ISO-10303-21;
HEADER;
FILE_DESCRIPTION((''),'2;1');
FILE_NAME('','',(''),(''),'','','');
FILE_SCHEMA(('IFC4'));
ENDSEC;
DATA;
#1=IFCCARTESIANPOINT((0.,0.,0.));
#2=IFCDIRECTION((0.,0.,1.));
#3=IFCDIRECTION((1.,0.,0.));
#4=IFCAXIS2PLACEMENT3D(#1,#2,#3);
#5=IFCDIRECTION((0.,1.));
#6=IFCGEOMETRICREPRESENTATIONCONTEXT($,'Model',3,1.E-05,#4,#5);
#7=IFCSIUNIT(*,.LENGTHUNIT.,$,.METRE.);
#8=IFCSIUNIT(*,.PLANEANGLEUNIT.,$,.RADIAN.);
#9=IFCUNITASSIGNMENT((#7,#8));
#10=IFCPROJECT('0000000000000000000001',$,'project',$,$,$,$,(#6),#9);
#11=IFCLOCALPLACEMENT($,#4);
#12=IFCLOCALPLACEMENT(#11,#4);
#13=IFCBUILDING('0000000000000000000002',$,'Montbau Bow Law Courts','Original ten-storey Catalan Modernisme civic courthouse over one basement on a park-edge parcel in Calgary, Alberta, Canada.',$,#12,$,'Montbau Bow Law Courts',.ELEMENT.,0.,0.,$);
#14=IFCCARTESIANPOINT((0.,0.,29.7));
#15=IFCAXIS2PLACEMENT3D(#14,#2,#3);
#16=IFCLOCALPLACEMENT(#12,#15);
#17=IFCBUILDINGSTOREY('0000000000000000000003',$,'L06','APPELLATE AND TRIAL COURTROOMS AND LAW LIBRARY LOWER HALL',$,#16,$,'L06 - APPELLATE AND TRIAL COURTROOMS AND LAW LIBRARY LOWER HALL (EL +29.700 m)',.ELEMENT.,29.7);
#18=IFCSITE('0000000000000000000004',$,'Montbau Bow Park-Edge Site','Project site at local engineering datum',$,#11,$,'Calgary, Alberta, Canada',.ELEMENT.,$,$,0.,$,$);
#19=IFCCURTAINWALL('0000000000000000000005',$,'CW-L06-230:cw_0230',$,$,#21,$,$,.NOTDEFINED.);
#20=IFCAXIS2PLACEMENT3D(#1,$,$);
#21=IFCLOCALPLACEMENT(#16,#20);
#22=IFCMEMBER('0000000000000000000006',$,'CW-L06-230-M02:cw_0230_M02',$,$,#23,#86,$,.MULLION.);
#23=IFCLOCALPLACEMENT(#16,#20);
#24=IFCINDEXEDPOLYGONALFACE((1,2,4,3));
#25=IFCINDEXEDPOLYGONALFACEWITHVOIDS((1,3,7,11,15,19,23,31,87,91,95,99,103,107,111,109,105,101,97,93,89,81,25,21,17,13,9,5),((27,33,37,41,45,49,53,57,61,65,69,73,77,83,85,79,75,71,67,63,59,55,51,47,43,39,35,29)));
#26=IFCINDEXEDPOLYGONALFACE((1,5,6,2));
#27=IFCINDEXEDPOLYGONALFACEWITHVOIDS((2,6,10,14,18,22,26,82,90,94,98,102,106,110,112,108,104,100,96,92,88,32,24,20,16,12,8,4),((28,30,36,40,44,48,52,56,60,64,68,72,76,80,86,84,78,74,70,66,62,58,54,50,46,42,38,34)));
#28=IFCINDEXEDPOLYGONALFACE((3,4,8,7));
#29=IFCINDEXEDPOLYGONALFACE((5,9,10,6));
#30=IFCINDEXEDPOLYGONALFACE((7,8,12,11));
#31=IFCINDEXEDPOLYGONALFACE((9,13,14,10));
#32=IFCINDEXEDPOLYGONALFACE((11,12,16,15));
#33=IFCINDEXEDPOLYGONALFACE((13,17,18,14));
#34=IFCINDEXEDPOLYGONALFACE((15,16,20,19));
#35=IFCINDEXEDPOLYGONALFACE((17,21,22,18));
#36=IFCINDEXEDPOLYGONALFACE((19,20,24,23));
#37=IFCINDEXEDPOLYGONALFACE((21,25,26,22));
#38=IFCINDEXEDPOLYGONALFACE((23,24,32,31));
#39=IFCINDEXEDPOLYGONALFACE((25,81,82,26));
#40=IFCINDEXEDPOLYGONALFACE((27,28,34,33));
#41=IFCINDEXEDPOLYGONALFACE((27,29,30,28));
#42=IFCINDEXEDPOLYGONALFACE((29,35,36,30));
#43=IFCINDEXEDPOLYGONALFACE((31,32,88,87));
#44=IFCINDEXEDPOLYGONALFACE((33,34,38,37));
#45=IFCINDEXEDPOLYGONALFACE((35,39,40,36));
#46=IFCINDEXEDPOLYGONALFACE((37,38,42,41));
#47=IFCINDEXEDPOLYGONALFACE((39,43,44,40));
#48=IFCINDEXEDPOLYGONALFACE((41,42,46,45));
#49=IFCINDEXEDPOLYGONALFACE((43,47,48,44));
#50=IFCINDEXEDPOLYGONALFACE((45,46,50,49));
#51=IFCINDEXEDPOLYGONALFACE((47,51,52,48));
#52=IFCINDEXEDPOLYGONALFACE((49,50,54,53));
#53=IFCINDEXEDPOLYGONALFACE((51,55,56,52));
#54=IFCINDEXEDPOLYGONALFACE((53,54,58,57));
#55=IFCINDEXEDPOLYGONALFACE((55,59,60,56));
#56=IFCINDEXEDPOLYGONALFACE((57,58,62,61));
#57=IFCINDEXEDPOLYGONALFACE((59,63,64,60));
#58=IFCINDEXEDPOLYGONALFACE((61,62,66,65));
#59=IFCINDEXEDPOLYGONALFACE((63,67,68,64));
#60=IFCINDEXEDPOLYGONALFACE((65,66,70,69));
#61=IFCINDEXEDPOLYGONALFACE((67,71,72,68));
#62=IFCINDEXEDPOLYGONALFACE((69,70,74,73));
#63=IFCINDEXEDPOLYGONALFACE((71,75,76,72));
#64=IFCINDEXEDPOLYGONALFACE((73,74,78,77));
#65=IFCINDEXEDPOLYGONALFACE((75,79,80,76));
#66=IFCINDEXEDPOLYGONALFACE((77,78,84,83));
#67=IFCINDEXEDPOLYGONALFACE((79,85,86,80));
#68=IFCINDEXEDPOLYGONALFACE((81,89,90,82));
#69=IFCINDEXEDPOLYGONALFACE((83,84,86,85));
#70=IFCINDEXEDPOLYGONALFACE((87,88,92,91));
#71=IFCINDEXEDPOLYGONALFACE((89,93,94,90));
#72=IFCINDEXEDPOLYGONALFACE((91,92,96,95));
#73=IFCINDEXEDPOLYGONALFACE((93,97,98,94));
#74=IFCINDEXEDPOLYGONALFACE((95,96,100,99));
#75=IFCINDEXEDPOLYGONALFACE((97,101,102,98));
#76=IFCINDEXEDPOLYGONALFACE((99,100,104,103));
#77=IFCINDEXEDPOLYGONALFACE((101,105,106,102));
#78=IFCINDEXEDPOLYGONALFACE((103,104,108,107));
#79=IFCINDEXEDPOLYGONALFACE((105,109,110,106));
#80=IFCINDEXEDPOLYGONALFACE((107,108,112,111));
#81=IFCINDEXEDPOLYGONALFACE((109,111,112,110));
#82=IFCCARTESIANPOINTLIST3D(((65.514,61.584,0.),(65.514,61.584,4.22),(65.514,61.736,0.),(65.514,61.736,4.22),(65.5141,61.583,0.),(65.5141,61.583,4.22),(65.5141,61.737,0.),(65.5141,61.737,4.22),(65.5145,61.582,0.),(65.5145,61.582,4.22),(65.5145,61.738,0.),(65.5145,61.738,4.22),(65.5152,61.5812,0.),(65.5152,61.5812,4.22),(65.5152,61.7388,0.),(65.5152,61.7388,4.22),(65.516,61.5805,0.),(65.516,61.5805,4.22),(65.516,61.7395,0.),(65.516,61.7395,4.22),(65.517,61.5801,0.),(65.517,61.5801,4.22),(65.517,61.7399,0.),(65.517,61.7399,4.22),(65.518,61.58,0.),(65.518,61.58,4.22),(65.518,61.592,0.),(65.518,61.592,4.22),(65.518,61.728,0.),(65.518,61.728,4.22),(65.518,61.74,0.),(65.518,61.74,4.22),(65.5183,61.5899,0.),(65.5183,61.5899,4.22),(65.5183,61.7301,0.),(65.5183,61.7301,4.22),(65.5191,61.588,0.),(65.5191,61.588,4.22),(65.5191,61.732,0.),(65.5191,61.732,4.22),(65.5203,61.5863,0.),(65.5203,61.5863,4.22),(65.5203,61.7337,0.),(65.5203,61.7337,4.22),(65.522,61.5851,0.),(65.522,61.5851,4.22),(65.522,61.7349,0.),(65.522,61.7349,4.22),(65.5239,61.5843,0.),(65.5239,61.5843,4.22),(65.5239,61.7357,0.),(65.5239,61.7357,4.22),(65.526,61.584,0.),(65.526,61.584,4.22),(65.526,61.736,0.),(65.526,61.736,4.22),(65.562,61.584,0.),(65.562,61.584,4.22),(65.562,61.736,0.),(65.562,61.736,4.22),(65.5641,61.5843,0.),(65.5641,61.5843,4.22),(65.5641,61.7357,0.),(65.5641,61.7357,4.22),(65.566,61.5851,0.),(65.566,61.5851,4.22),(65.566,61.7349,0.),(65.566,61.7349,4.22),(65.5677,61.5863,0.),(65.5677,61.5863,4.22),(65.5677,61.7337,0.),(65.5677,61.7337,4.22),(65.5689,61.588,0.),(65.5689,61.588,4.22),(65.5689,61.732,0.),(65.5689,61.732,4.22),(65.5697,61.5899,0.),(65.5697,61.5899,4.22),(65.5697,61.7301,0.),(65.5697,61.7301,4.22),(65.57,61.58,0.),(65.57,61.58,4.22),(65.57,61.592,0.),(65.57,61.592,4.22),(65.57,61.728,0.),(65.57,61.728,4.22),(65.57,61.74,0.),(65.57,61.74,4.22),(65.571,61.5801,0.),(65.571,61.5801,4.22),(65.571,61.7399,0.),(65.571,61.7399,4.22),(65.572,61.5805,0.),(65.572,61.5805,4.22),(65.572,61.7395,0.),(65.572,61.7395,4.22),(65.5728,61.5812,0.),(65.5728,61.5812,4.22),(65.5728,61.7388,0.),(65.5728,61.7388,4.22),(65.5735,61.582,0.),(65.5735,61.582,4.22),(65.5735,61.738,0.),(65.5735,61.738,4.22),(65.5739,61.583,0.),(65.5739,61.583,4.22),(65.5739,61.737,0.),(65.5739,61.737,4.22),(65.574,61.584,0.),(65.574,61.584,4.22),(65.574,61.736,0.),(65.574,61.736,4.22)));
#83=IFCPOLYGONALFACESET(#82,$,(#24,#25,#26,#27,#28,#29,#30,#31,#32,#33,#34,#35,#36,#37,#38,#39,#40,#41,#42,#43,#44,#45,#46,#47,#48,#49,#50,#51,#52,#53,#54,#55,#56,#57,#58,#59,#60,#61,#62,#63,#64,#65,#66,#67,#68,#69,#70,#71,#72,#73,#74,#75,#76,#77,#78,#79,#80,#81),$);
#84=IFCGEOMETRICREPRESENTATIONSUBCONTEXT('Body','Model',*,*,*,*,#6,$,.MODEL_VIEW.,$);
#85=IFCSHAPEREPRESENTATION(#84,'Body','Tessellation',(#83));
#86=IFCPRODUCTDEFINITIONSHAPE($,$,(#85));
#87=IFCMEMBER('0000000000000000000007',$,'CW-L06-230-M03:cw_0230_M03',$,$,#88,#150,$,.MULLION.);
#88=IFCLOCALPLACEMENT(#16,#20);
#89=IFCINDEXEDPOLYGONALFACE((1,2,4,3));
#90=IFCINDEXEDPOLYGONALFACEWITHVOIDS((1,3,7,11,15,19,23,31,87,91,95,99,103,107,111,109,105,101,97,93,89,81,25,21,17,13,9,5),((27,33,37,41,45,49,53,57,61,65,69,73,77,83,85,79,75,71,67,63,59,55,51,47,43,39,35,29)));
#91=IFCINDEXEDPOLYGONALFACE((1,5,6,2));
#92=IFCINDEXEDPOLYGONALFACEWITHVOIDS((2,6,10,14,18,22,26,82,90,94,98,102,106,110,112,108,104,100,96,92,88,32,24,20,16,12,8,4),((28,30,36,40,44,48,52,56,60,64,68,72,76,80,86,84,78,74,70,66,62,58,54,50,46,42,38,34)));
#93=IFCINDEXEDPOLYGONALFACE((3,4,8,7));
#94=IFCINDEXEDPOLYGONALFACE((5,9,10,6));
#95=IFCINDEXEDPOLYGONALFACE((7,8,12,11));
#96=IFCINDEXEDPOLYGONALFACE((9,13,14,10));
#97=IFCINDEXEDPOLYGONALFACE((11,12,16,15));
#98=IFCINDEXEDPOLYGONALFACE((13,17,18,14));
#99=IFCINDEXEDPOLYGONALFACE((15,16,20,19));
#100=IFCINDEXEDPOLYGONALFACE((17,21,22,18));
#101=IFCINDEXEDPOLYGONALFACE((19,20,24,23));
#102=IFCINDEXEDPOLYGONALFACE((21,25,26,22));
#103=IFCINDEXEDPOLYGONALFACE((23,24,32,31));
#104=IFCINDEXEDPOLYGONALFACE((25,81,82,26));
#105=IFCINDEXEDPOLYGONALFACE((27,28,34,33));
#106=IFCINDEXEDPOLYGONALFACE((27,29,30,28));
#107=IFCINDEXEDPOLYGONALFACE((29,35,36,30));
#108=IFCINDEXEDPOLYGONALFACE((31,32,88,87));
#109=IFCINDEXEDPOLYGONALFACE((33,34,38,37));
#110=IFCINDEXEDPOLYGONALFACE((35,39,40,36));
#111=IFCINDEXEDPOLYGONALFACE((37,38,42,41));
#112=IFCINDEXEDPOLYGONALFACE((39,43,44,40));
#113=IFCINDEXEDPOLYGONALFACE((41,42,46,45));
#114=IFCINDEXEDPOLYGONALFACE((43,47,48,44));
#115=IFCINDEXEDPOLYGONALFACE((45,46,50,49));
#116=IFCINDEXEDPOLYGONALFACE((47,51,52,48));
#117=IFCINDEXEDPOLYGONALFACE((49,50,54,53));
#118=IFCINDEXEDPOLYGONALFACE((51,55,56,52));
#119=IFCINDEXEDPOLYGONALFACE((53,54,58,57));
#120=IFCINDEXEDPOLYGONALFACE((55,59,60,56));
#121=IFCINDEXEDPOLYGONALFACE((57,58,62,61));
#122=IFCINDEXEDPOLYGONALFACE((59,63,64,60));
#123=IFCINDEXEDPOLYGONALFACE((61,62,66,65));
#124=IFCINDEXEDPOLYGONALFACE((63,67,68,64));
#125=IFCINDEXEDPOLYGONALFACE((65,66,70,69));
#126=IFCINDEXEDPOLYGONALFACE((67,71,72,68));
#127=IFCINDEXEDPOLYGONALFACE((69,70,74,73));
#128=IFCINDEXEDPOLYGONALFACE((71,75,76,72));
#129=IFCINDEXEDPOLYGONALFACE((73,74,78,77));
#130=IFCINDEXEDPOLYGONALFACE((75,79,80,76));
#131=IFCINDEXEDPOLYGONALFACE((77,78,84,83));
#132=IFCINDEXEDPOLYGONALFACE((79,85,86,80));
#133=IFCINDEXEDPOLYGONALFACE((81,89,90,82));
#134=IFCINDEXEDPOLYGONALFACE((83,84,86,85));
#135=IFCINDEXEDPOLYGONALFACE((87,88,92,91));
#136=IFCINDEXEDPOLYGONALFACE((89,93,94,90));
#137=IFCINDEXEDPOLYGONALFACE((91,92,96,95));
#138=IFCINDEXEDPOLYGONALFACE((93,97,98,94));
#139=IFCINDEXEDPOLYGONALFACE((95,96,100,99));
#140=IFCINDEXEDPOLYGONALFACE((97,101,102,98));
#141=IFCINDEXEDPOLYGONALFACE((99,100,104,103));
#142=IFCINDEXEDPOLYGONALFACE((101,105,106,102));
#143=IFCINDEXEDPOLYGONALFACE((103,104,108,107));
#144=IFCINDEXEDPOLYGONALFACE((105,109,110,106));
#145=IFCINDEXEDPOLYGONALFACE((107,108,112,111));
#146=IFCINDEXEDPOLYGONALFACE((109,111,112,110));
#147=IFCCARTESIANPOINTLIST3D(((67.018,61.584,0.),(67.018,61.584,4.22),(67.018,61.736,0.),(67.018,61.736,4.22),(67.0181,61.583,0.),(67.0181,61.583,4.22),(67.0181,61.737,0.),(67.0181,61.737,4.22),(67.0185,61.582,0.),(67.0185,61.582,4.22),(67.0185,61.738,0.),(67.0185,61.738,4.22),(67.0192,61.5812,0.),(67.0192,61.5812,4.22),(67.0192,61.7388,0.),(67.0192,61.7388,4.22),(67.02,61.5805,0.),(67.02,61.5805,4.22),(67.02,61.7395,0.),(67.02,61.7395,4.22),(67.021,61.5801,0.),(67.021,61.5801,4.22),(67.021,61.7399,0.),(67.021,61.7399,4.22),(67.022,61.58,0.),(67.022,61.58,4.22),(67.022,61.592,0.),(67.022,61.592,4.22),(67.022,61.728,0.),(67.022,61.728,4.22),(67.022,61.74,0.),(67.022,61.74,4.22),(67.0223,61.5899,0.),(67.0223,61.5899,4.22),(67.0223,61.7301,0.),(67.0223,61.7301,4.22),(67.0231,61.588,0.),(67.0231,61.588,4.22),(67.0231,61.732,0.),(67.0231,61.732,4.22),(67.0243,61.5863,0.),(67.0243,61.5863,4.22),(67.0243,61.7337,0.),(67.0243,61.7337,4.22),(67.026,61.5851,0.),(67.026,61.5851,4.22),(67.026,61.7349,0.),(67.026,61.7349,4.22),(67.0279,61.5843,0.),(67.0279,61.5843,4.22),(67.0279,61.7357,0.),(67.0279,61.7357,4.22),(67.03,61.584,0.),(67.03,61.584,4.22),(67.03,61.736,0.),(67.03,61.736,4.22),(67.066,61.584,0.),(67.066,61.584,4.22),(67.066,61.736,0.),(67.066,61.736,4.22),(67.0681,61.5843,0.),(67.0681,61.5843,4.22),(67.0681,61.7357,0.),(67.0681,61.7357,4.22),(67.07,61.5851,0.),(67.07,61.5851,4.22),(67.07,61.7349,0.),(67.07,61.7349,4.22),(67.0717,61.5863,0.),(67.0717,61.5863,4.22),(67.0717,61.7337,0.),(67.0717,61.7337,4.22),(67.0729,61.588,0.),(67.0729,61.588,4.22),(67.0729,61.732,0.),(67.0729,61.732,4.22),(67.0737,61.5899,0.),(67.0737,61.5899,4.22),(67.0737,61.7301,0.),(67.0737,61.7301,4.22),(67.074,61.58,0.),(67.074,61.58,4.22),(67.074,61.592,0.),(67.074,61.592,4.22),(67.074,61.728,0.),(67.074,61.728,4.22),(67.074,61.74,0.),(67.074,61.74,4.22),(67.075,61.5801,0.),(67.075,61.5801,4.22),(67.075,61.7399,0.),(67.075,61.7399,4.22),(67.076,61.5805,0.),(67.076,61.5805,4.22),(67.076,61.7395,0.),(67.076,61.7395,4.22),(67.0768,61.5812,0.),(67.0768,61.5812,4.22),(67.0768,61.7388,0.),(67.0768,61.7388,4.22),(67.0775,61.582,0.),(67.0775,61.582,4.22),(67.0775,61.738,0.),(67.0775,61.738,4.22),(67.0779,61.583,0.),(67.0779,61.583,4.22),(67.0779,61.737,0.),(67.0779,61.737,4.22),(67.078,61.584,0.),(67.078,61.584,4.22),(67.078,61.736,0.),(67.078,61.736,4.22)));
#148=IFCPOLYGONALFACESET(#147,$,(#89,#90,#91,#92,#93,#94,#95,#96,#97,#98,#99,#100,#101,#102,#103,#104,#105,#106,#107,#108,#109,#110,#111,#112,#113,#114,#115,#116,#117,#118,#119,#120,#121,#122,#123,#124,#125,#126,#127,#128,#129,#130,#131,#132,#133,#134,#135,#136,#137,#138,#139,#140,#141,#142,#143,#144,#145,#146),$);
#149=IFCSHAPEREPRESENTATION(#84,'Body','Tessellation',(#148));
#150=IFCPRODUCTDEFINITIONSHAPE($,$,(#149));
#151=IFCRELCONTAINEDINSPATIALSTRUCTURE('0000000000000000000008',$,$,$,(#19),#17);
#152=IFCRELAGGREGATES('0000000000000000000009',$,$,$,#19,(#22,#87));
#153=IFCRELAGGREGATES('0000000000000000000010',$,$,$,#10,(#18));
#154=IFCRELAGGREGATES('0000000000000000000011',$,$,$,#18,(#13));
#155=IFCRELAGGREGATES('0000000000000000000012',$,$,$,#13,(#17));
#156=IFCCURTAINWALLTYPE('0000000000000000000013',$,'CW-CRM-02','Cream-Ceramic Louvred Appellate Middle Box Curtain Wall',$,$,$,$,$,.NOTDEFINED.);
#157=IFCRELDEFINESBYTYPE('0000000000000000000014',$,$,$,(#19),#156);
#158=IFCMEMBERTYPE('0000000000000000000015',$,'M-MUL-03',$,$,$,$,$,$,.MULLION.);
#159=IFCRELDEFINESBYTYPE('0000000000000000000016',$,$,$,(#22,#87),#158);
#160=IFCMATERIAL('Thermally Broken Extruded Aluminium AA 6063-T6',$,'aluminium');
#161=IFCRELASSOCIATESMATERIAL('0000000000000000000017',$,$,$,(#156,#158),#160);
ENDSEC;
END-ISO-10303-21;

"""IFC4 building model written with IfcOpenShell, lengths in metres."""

from ifc_helpers import new_model, si_unit, direction, frame, origin_with_axes, origin_2d_with_axis, place, context, subcontext, project, spatial, hollow_rectangle, extrude, material, material_profile, profile_set, type_object, element, aggregate, save


model = new_model("IFC4")

# Units and contexts
model_context = context("Model", 3, precision=1e-05, world=origin_with_axes(), true_north=direction((0.0, 1.0)))
body_context = subcontext(model_context, "Body", "Model", "MODEL_VIEW")
ifc_project = project(units=[si_unit("LENGTHUNIT", "METRE"), si_unit("PLANEANGLEUNIT", "RADIAN")], contexts=[model_context])

# Site, building, storey
site_placement = place(None, origin_with_axes())
site = spatial("IfcSite", under=ifc_project, at=site_placement, Name="Montbau Bow Park-Edge Site", Description="Project site at local engineering datum", LongName="Calgary, Alberta, Canada", CompositionType="ELEMENT", RefElevation=0.0)
building_placement = place(site_placement, origin_with_axes())
building = spatial("IfcBuilding", under=site, at=building_placement, Name="Montbau Bow Law Courts", Description="Original ten-storey Catalan Modernisme civic courthouse over one basement on a park-edge parcel in Calgary, Alberta, Canada.", LongName="Montbau Bow Law Courts", CompositionType="ELEMENT", ElevationOfRefHeight=0.0, ElevationOfTerrain=0.0)
storey_placement = place(building_placement, frame((0.0, 0.0, 29.7), z_axis=(0.0, 0.0, 1.0), x_axis=(1.0, 0.0, 0.0)))
storey = spatial("IfcBuildingStorey", under=building, at=storey_placement, Name="L06", Description="APPELLATE AND TRIAL COURTROOMS AND LAW LIBRARY LOWER HALL", LongName="L06 - APPELLATE AND TRIAL COURTROOMS AND LAW LIBRARY LOWER HALL (EL +29.700 m)", CompositionType="ELEMENT", Elevation=29.7)

# Shared definitions
ifc_material_1 = material(Name="Thermally Broken Extruded Aluminium AA 6063-T6", Category="aluminium")
curtain_wall_type = type_object("IfcCurtainWallType", Name="CW-CRM-02", Description="Cream-Ceramic Louvred Appellate Middle Box Curtain Wall", PredefinedType="NOTDEFINED", material=ifc_material_1)

# Curtain wall, members
curtain_wall_1_placement = place(None, frame((64.04, 61.66, 29.7), z_axis=(0.0, 0.0, 1.0), x_axis=(1.0, 0.0, 0.0)))
curtain_wall_1 = element("IfcCurtainWall", 1, at=curtain_wall_1_placement, inside=storey, type_object=curtain_wall_type, Name="CW-L06-230:cw_0230", PredefinedType="NOTDEFINED")
ifc_material_profile_1 = material_profile(ifc_material_1, hollow_rectangle(XDim=0.06, YDim=0.16, WallThickness=0.004, InnerFilletRadius=0.008, OuterFilletRadius=0.004, at=origin_2d_with_axis()), Name="CWM-160X60", Category="Main", Priority=0)
ifc_profile_set_1 = profile_set([ifc_material_profile_1], Name="Thermally Broken Extruded Aluminium AA 6063-T6")
member_type_1 = type_object("IfcMemberType", Name="M-MUL-03", PredefinedType="MULLION", material=ifc_profile_set_1)
member_1_placement = place(None, frame((65.544, 61.66, 29.7), z_axis=(0.0, 0.0, 1.0), x_axis=(1.0, 0.0, 0.0)))
member_1 = element("IfcMember", 2, at=member_1_placement, type_object=member_type_1, Name="CW-L06-230-M02:cw_0230_M02", PredefinedType="MULLION", context=body_context, shape_type="SweptSolid", body=[
    extrude(hollow_rectangle(XDim=0.06, YDim=0.16, WallThickness=0.004, InnerFilletRadius=0.008, OuterFilletRadius=0.004, at=origin_2d_with_axis()), origin_with_axes(), (0.0, 0.0, 1.0), 4.22),
])
member_2_placement = place(None, frame((67.048, 61.66, 29.7), z_axis=(0.0, 0.0, 1.0), x_axis=(1.0, 0.0, 0.0)))
member_2 = element("IfcMember", 3, at=member_2_placement, type_object=member_type_1, Name="CW-L06-230-M03:cw_0230_M03", PredefinedType="MULLION", context=body_context, shape_type="SweptSolid", body=[
    extrude(hollow_rectangle(XDim=0.06, YDim=0.16, WallThickness=0.004, InnerFilletRadius=0.008, OuterFilletRadius=0.004, at=origin_2d_with_axis()), origin_with_axes(), (0.0, 0.0, 1.0), 4.22),
])
aggregate(curtain_wall_1, [member_1, member_2])

save(model, "model.ifc")
